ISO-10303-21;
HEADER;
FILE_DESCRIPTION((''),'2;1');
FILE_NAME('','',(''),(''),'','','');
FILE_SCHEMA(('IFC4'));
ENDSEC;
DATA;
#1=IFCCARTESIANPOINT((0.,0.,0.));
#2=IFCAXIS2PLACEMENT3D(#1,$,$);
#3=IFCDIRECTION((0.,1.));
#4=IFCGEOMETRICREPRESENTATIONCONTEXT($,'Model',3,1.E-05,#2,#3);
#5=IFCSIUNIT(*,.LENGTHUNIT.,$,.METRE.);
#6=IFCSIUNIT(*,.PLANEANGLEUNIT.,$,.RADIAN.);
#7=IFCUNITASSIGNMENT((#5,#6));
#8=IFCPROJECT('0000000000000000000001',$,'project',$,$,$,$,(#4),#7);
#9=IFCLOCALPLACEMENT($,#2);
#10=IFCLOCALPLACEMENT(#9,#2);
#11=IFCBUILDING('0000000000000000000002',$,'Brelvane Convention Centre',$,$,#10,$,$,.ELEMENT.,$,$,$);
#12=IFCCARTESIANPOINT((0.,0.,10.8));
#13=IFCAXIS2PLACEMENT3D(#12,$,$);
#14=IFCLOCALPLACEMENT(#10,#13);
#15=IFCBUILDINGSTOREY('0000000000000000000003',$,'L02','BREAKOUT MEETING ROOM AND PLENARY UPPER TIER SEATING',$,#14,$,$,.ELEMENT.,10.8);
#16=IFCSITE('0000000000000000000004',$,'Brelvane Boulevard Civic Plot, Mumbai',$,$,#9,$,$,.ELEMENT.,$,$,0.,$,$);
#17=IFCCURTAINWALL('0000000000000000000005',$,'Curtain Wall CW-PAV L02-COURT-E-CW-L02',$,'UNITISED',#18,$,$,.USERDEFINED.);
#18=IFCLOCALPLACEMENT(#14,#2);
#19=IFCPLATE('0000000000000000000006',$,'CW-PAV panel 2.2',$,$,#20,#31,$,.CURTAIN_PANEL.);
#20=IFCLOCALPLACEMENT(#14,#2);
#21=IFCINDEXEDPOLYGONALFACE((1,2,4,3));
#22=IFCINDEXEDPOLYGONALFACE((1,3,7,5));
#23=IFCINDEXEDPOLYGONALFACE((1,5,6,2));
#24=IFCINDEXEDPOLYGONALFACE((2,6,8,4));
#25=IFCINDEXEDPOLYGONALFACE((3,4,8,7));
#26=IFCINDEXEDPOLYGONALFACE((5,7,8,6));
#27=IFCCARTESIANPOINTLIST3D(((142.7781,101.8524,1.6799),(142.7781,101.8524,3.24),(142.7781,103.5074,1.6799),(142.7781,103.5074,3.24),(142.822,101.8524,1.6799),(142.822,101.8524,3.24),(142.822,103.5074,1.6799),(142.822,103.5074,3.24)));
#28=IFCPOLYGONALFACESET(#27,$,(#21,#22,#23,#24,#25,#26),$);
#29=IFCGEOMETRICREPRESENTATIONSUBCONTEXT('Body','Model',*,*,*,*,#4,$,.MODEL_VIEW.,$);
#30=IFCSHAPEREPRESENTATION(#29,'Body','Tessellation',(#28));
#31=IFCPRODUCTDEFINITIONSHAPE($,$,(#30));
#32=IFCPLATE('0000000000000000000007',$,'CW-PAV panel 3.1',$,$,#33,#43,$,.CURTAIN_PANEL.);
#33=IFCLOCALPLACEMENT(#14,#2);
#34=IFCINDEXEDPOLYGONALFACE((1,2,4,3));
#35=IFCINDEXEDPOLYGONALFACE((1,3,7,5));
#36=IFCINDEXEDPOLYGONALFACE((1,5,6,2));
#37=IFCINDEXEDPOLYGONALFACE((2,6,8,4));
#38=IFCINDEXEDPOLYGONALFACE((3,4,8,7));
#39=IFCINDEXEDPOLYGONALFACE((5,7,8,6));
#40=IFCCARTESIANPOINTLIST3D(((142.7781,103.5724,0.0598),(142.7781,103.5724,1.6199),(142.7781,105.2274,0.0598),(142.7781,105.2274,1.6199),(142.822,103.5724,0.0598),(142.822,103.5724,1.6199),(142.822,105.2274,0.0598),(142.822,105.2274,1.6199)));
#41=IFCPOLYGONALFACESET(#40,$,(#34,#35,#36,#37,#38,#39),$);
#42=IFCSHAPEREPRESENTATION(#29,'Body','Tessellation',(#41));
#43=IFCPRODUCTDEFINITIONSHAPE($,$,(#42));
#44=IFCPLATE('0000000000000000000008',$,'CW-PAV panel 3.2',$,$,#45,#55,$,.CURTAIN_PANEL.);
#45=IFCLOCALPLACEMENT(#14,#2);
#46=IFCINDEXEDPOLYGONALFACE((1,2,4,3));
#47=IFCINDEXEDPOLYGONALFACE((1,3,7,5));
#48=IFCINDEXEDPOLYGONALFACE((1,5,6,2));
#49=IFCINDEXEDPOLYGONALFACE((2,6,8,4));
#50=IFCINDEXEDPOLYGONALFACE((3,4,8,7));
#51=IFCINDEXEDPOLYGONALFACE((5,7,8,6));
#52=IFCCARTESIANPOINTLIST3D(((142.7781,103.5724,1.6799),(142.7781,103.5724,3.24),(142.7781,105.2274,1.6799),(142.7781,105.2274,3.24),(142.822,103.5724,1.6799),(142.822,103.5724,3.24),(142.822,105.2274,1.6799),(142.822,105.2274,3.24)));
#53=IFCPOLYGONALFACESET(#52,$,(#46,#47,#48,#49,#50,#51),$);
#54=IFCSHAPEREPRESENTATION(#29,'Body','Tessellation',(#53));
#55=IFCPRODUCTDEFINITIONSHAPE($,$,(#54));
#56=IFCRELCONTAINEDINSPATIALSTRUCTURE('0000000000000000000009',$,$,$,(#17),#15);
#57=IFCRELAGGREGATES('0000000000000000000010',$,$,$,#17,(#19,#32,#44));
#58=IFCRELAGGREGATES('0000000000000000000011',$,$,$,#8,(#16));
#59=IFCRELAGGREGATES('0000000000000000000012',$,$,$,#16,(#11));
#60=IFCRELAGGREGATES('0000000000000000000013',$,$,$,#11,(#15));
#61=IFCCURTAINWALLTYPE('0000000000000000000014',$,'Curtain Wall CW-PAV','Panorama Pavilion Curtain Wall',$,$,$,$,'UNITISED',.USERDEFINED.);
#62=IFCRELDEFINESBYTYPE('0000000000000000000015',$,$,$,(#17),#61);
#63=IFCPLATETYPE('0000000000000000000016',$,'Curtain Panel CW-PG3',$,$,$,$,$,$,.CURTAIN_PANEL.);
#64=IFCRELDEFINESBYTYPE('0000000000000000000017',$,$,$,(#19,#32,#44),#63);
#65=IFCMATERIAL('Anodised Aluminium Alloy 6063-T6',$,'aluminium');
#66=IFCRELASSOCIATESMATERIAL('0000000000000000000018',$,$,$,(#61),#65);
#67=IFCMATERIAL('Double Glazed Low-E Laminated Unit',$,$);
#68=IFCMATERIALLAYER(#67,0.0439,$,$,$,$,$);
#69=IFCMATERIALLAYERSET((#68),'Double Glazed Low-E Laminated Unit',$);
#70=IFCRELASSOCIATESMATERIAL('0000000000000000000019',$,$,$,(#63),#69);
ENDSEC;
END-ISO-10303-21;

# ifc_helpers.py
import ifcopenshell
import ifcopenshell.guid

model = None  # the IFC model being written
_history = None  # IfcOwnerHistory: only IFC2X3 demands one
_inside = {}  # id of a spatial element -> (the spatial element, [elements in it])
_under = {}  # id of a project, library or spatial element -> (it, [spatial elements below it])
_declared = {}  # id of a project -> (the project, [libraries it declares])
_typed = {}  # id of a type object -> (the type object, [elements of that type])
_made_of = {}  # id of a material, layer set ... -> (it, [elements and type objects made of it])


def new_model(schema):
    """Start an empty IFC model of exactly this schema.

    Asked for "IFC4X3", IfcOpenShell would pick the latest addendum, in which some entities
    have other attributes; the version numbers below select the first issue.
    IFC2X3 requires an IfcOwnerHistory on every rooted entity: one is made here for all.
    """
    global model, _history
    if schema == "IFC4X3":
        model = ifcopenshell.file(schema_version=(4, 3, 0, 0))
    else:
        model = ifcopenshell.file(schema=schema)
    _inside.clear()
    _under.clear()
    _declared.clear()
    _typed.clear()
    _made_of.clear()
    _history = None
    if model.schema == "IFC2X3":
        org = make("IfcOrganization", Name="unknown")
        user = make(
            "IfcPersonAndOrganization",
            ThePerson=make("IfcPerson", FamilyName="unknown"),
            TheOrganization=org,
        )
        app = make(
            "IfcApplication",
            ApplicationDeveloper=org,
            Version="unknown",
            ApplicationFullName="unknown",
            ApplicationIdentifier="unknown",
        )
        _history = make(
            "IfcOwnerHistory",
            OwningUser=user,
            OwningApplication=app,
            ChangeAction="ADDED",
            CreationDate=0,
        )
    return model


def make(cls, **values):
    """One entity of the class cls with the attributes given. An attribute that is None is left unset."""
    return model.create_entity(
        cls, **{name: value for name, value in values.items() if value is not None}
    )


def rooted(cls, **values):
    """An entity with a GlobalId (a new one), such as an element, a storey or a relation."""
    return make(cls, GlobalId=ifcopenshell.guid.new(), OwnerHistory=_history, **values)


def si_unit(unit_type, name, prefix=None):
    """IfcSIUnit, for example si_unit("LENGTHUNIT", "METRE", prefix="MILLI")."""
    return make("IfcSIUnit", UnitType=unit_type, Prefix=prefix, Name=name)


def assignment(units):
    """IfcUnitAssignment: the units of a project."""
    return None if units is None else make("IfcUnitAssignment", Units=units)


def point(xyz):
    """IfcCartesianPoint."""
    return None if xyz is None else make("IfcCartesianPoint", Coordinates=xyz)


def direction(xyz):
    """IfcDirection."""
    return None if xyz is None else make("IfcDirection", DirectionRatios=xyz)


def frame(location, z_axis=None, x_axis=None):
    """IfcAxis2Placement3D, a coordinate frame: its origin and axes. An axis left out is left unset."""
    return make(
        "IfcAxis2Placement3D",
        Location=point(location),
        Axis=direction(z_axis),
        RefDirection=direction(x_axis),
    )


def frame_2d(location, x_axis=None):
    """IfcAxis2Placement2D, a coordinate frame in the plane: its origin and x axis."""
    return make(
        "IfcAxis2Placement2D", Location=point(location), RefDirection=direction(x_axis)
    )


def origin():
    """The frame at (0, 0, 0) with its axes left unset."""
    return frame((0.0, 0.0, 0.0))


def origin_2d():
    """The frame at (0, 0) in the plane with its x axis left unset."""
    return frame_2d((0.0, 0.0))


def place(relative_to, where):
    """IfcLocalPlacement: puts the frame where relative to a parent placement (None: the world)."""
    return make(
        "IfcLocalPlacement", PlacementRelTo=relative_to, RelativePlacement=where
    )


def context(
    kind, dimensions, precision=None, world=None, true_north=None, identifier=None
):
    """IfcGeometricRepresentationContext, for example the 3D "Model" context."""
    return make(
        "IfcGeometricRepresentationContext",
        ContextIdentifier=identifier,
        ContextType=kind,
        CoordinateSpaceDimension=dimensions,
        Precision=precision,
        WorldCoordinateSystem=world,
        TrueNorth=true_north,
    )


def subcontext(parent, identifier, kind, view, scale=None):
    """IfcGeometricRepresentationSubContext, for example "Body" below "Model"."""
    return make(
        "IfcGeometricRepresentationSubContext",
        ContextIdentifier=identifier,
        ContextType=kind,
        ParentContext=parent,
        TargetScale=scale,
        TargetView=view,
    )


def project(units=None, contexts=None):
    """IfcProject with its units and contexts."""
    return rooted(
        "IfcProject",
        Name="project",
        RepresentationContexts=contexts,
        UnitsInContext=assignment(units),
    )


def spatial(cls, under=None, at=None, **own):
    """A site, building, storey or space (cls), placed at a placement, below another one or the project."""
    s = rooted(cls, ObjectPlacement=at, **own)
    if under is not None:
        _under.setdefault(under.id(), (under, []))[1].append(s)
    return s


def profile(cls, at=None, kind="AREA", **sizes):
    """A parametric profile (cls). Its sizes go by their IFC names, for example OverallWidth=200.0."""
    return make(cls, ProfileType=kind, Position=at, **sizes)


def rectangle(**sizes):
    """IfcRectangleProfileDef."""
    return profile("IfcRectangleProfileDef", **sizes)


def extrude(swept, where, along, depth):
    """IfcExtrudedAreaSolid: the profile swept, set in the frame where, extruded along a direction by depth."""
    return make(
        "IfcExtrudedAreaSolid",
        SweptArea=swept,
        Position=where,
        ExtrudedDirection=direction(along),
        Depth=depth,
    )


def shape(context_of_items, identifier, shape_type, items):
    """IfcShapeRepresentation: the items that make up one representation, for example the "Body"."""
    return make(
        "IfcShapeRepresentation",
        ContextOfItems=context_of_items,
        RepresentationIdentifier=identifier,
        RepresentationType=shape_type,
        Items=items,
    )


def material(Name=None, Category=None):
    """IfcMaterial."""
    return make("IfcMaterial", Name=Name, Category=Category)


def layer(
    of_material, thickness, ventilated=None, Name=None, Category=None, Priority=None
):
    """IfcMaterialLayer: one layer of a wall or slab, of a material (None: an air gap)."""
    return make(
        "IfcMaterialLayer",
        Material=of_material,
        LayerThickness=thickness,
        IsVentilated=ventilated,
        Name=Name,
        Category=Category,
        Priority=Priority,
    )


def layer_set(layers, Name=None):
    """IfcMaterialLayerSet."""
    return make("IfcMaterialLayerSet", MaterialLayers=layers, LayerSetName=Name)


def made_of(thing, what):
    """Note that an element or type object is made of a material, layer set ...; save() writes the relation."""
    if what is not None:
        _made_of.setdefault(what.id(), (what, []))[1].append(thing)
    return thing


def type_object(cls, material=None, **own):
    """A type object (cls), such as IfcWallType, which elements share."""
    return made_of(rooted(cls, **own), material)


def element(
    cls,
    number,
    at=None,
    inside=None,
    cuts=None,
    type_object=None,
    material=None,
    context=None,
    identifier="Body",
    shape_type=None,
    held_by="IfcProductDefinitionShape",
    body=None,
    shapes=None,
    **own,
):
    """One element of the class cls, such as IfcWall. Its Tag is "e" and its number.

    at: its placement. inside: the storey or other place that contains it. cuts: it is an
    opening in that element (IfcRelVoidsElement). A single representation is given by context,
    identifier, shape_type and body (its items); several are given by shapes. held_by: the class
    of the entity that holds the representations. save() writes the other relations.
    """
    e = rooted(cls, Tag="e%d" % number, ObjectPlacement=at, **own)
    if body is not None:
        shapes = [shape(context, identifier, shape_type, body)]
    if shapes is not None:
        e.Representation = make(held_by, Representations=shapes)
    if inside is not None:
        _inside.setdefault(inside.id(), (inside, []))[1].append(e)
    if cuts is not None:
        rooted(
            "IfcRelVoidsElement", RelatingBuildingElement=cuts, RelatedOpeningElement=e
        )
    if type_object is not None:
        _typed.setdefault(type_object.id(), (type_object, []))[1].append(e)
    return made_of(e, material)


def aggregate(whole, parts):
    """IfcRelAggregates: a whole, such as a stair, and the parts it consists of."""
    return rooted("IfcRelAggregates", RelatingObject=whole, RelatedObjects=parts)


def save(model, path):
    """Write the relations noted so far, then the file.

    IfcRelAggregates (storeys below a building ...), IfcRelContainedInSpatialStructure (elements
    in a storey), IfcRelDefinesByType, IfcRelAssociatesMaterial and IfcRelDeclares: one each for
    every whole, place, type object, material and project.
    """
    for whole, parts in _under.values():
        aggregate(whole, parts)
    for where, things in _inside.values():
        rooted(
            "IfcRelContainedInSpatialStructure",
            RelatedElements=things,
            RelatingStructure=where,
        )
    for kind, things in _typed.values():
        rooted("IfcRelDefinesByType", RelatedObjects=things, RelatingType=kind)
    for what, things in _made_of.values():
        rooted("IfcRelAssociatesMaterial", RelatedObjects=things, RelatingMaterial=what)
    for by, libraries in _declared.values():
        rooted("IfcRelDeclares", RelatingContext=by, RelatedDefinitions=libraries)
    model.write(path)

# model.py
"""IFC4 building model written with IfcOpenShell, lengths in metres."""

from ifc_helpers import new_model, si_unit, direction, frame, origin, origin_2d, place, context, subcontext, project, spatial, rectangle, extrude, material, layer, layer_set, type_object, element, aggregate, save


model = new_model("IFC4")

# Units and contexts
model_context = context("Model", 3, precision=1e-05, world=origin(), true_north=direction((0.0, 1.0)))
body_context = subcontext(model_context, "Body", "Model", "MODEL_VIEW")
ifc_project = project(units=[si_unit("LENGTHUNIT", "METRE"), si_unit("PLANEANGLEUNIT", "RADIAN")], contexts=[model_context])

# Site, building, storey
site_placement = place(None, origin())
site = spatial("IfcSite", under=ifc_project, at=site_placement, Name="Brelvane Boulevard Civic Plot, Mumbai", CompositionType="ELEMENT", RefElevation=0.0)
building_placement = place(site_placement, origin())
building = spatial("IfcBuilding", under=site, at=building_placement, Name="Brelvane Convention Centre", CompositionType="ELEMENT")
storey_placement = place(building_placement, frame((0.0, 0.0, 10.8)))
storey = spatial("IfcBuildingStorey", under=building, at=storey_placement, Name="L02", Description="BREAKOUT MEETING ROOM AND PLENARY UPPER TIER SEATING", CompositionType="ELEMENT", Elevation=10.8)

# Curtain wall
ifc_material_1 = material(Name="Anodised Aluminium Alloy 6063-T6", Category="aluminium")
curtain_wall_type_1 = type_object("IfcCurtainWallType", Name="Curtain Wall CW-PAV", Description="Panorama Pavilion Curtain Wall", ElementType="UNITISED", PredefinedType="USERDEFINED", material=ifc_material_1)
curtain_wall_1_placement = place(storey_placement, origin())
curtain_wall_1 = element("IfcCurtainWall", 1, at=curtain_wall_1_placement, inside=storey, type_object=curtain_wall_type_1, Name="Curtain Wall CW-PAV L02-COURT-E-CW-L02", ObjectType="UNITISED", PredefinedType="USERDEFINED")

# Plates
ifc_material_2 = material(Name="Double Glazed Low-E Laminated Unit")
ifc_layer_1 = layer(ifc_material_2, 0.0439)
ifc_layer_set_1 = layer_set([ifc_layer_1], Name="Double Glazed Low-E Laminated Unit")
plate_type_1 = type_object("IfcPlateType", Name="Curtain Panel CW-PG3", PredefinedType="CURTAIN_PANEL", material=ifc_layer_set_1)
plate_1_placement = place(storey_placement, frame((142.8, 102.6799, 1.6799), z_axis=(0.0, 0.0, 1.0), x_axis=(0.0, 1.0, 0.0)))
plate_1 = element("IfcPlate", 2, at=plate_1_placement, type_object=plate_type_1, Name="CW-PAV panel 2.2", PredefinedType="CURTAIN_PANEL", context=body_context, shape_type="SweptSolid", body=[
    extrude(rectangle(XDim=1.655, YDim=0.0439, at=origin_2d()), origin(), (0.0, 0.0, 1.0), 1.5601),
])
plate_2_placement = place(storey_placement, frame((142.8, 104.3999, 0.0598), z_axis=(0.0, 0.0, 1.0), x_axis=(0.0, 1.0, 0.0)))
plate_2 = element("IfcPlate", 3, at=plate_2_placement, type_object=plate_type_1, Name="CW-PAV panel 3.1", PredefinedType="CURTAIN_PANEL", context=body_context, shape_type="SweptSolid", body=[
    extrude(rectangle(XDim=1.655, YDim=0.0439, at=origin_2d()), origin(), (0.0, 0.0, 1.0), 1.5601),
])
plate_3_placement = place(storey_placement, frame((142.8, 104.3999, 1.6799), z_axis=(0.0, 0.0, 1.0), x_axis=(0.0, 1.0, 0.0)))
plate_3 = element("IfcPlate", 4, at=plate_3_placement, type_object=plate_type_1, Name="CW-PAV panel 3.2", PredefinedType="CURTAIN_PANEL", context=body_context, shape_type="SweptSolid", body=[
    extrude(rectangle(XDim=1.655, YDim=0.0439, at=origin_2d()), origin(), (0.0, 0.0, 1.0), 1.5601),
])
aggregate(curtain_wall_1, [plate_1, plate_2, plate_3])

save(model, "model.ifc")
